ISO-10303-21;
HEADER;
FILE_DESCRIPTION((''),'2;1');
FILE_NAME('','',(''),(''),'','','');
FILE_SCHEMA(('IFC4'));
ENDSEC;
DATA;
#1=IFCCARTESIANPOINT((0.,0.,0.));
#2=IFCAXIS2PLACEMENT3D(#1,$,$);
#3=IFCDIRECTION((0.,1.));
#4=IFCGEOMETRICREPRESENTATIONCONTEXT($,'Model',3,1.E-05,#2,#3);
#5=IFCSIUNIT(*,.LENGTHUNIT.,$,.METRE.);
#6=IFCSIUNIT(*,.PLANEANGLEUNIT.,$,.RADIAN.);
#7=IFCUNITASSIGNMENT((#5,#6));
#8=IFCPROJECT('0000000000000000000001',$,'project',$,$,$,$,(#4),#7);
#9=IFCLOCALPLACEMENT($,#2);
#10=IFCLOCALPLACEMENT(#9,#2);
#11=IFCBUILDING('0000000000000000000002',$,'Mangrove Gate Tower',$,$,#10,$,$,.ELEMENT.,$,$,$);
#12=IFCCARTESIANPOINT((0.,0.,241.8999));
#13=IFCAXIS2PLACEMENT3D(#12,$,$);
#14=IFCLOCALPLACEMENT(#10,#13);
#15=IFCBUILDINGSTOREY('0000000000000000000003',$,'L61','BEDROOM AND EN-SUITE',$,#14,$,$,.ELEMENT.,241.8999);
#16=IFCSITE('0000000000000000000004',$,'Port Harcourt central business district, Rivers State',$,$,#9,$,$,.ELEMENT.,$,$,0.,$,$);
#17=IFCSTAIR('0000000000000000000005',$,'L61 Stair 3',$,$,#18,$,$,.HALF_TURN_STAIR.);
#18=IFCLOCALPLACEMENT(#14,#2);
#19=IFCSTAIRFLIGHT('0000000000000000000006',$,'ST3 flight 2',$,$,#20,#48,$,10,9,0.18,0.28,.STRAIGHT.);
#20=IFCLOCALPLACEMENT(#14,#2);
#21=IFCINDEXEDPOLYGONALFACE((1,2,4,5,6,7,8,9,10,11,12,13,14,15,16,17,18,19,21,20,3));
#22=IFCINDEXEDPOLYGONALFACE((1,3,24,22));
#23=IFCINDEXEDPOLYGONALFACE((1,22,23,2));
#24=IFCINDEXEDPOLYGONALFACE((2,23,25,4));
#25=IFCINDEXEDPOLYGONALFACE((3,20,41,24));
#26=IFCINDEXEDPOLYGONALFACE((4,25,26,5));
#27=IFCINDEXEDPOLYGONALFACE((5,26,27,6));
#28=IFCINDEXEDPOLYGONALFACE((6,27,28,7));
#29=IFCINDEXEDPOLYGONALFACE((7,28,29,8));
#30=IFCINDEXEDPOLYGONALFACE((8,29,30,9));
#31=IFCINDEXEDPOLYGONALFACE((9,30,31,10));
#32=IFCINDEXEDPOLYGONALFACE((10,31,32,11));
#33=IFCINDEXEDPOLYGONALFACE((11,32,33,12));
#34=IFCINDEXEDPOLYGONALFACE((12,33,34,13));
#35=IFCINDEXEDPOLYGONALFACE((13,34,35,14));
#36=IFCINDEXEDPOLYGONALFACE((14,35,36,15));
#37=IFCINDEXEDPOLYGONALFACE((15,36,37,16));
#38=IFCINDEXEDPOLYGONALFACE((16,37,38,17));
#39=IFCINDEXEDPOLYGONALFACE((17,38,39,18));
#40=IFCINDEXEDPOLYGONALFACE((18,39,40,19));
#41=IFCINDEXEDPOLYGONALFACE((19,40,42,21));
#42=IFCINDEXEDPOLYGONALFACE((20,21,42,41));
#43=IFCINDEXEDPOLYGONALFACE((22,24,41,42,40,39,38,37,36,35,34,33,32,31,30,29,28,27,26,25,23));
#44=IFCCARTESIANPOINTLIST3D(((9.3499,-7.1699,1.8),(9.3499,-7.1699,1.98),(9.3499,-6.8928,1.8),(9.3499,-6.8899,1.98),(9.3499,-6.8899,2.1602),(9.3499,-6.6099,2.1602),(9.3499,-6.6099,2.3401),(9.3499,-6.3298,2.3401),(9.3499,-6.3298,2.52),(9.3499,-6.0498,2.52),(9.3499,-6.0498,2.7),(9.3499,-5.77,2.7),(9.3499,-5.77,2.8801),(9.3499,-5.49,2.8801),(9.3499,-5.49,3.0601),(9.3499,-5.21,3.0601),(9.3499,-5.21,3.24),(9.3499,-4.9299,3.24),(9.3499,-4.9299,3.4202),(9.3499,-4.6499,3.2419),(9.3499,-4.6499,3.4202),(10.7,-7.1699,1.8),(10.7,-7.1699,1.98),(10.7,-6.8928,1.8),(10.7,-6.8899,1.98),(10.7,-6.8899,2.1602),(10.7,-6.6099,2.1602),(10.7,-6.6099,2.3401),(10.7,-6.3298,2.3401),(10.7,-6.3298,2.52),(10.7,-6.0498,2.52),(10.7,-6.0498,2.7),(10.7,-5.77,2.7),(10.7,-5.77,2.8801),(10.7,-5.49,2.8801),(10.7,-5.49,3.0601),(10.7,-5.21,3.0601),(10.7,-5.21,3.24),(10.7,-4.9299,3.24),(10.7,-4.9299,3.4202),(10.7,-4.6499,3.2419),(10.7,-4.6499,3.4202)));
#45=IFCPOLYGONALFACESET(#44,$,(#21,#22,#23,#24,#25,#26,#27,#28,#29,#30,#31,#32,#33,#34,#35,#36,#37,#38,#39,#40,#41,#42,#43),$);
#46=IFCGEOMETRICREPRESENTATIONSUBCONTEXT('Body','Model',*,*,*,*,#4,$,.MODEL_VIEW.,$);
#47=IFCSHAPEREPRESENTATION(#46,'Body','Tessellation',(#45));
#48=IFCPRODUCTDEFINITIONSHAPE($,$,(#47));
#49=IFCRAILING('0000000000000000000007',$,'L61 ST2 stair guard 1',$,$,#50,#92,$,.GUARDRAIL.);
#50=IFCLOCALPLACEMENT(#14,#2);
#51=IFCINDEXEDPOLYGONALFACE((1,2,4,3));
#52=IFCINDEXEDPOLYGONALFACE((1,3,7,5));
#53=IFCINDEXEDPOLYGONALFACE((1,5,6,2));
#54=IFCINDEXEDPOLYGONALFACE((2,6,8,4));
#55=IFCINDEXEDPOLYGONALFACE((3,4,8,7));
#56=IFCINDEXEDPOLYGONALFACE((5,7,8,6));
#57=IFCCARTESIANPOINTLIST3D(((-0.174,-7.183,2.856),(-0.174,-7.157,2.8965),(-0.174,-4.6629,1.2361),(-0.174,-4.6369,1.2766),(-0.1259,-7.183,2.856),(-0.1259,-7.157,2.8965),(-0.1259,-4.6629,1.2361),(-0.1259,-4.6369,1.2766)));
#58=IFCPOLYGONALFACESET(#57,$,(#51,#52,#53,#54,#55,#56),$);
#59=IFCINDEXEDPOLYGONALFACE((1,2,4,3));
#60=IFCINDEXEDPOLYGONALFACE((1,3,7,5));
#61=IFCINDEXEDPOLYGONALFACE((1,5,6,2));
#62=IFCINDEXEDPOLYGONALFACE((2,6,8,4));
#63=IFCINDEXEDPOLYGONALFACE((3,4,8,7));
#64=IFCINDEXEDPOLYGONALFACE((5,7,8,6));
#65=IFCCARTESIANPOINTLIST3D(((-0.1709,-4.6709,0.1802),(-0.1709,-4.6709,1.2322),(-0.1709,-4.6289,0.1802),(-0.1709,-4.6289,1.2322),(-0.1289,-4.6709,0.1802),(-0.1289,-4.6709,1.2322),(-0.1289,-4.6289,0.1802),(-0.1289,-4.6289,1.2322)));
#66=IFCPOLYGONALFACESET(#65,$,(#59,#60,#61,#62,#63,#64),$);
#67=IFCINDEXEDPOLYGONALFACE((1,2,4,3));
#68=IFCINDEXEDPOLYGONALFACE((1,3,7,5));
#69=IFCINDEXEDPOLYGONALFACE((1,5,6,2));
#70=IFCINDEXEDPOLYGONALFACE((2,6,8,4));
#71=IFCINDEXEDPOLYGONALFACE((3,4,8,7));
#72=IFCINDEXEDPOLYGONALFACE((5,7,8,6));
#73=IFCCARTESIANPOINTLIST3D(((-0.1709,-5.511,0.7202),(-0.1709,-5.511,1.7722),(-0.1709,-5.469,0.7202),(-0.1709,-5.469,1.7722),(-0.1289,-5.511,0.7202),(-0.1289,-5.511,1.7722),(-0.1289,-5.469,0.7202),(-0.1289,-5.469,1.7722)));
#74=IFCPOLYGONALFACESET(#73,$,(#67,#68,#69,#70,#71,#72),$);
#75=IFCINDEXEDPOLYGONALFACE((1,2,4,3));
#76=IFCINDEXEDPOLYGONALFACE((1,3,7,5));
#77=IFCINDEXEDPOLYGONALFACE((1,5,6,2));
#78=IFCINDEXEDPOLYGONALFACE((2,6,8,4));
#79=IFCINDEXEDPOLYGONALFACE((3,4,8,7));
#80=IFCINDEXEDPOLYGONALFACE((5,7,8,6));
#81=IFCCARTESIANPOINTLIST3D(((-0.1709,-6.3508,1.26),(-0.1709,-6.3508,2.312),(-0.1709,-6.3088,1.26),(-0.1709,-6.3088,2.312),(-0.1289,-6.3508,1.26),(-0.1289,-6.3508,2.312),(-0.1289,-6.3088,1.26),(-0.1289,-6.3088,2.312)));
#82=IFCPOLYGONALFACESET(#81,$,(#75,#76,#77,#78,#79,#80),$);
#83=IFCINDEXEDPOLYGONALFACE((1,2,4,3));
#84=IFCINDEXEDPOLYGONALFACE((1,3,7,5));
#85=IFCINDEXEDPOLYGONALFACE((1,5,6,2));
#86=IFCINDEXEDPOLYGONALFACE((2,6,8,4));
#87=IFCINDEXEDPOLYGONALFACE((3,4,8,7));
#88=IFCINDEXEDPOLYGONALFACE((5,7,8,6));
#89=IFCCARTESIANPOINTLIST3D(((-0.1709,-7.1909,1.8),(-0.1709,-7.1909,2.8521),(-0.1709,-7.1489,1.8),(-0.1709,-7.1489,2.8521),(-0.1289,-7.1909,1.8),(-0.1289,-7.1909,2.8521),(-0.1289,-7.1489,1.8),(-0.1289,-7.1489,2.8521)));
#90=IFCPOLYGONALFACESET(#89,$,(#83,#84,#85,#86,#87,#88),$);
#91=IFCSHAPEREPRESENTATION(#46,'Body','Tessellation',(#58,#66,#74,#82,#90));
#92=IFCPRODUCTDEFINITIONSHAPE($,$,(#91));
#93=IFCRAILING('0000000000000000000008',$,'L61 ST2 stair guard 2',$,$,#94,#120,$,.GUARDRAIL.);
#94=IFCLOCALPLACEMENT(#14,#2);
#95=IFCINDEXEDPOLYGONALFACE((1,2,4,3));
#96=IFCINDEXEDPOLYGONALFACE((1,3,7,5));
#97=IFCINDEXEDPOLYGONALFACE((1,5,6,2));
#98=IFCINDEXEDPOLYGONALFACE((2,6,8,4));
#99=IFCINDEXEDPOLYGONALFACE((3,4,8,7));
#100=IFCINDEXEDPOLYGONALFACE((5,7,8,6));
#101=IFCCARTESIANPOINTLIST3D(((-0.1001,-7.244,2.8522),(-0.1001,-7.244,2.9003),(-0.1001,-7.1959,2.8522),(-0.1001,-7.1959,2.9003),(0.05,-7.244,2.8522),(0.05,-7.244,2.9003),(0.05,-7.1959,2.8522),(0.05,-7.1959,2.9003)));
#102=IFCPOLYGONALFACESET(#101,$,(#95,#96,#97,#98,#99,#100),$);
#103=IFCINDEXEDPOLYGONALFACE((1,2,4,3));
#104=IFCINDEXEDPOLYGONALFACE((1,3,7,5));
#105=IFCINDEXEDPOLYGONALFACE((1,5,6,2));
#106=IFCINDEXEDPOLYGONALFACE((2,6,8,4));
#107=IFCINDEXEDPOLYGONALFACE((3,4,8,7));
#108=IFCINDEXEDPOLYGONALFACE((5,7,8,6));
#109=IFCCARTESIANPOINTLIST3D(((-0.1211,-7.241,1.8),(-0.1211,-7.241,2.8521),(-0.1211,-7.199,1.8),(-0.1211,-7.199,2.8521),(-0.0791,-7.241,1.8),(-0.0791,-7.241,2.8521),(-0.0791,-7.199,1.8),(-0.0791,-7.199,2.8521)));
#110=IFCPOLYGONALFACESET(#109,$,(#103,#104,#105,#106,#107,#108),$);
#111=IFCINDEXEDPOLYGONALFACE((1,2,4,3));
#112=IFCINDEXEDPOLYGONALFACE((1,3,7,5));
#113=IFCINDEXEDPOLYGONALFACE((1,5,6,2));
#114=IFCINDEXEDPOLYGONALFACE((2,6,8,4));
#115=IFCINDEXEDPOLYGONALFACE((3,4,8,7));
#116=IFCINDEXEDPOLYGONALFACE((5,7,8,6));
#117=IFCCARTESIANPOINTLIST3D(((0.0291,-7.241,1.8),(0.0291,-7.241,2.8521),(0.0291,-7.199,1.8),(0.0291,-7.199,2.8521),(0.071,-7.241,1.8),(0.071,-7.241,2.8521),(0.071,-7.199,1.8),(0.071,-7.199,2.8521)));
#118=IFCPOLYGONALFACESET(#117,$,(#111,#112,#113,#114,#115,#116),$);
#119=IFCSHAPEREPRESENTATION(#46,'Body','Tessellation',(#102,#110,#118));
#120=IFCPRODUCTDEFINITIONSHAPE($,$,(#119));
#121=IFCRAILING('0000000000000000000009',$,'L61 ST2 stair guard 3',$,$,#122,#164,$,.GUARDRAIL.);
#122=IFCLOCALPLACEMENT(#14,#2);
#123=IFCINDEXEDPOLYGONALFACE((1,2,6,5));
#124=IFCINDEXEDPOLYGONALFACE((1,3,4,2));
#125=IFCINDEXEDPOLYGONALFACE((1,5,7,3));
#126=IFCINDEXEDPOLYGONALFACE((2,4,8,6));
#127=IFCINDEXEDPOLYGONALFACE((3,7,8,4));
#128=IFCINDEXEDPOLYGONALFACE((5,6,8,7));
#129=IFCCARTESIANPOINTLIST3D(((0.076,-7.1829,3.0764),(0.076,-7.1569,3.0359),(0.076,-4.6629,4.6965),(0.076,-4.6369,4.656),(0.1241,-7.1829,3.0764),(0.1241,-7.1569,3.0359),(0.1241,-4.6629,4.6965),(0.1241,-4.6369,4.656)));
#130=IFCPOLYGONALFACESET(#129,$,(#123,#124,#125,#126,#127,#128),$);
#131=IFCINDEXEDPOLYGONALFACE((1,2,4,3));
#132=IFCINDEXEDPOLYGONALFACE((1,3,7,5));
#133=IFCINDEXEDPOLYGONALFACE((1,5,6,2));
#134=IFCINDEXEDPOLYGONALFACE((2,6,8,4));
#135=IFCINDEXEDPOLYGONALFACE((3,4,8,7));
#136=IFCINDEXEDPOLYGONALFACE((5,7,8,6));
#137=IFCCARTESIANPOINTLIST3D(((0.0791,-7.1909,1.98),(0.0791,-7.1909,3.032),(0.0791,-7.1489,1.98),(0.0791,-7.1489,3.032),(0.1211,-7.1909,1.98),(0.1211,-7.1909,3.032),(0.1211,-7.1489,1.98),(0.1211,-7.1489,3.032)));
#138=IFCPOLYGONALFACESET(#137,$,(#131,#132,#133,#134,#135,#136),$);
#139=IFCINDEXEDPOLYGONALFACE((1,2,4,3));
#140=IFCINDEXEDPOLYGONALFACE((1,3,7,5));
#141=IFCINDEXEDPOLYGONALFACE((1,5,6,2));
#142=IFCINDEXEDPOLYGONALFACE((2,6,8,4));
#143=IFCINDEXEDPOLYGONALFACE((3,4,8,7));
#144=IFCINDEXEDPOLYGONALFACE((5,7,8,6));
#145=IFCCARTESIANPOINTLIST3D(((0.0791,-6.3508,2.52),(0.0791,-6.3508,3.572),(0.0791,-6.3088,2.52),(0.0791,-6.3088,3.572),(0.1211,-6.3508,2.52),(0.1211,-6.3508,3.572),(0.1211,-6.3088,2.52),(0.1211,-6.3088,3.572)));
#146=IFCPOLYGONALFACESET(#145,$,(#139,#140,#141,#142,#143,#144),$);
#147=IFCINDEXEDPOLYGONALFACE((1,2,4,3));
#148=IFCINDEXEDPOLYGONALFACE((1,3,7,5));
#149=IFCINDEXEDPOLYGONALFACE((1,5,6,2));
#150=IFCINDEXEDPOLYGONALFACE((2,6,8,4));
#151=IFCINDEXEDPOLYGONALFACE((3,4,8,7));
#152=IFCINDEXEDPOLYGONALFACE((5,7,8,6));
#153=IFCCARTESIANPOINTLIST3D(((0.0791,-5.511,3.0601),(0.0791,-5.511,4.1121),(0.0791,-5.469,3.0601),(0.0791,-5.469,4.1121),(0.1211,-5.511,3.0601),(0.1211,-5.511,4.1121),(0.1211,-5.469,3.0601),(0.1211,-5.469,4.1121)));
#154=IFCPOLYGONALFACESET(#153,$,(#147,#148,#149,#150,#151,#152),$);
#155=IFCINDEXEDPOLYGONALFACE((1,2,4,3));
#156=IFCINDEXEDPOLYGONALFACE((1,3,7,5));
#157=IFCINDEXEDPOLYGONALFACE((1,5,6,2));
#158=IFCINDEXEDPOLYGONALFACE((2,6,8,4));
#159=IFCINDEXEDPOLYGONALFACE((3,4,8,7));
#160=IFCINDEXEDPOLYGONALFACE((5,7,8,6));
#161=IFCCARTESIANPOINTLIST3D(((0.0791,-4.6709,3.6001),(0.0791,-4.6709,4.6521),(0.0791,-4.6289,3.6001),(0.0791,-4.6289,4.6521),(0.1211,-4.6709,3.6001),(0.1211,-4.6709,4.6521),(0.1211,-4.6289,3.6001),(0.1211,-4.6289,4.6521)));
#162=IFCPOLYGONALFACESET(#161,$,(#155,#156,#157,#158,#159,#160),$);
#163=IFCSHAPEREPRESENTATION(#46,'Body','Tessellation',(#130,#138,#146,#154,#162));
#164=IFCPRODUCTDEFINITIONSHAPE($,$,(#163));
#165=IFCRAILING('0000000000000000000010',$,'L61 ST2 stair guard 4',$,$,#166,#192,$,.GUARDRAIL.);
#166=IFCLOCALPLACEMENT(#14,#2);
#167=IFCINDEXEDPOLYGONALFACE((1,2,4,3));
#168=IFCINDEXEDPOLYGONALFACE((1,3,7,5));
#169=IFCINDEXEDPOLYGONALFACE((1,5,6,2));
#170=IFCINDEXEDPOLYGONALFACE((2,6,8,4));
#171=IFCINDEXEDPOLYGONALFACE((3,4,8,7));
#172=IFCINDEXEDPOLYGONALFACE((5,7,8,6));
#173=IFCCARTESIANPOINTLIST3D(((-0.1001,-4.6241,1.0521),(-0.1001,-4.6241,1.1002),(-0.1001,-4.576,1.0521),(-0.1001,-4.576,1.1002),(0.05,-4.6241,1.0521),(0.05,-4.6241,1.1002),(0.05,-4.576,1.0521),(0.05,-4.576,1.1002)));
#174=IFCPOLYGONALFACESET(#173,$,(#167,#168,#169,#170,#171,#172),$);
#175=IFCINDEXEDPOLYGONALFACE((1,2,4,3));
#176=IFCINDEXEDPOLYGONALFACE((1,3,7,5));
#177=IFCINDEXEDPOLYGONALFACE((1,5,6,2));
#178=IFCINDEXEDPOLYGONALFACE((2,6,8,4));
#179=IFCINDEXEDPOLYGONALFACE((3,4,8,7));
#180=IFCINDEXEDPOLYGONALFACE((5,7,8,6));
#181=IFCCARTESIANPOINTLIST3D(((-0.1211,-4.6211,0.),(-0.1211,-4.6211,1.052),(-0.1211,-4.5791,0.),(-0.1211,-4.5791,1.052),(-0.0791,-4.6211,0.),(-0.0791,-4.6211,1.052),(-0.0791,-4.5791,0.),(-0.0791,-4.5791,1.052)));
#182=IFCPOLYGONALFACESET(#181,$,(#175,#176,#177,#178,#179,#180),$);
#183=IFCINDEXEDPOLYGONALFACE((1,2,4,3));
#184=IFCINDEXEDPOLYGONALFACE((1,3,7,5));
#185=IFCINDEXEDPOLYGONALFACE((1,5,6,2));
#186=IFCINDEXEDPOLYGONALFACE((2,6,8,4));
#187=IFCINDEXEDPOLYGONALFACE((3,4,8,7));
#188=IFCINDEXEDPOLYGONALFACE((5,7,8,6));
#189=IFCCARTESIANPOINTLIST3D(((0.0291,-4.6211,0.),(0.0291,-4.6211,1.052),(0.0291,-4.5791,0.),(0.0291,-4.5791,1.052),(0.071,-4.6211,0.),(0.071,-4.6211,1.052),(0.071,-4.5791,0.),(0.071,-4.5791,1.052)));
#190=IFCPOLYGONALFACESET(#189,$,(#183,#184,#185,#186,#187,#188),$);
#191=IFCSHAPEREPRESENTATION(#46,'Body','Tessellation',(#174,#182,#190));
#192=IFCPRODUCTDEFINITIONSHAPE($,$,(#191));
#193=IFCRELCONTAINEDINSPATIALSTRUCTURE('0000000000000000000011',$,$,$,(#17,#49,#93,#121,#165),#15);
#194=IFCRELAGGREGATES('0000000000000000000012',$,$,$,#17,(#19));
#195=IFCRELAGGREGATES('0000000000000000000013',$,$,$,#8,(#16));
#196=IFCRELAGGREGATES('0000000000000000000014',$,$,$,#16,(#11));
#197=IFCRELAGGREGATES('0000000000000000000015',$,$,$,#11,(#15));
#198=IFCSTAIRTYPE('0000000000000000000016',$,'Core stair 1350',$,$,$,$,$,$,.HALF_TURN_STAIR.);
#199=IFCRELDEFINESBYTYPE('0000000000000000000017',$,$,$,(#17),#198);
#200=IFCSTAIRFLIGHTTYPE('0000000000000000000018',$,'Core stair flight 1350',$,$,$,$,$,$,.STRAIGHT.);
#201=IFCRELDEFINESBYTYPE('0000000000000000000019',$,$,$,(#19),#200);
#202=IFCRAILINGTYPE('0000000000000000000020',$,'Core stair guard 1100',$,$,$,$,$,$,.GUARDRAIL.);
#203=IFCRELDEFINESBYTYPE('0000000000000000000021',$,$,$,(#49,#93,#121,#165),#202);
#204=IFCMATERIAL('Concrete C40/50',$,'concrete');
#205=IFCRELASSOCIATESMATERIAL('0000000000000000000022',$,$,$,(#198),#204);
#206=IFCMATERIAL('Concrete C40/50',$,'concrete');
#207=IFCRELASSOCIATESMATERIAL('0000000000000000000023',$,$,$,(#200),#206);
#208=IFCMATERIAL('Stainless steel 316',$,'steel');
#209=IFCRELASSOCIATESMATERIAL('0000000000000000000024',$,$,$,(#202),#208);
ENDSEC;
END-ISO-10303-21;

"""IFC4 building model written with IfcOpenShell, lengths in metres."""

from ifc_helpers import new_model, si_unit, direction, frame, origin, origin_2d, place, context, subcontext, project, spatial, polyline, rectangle, outline, extrude, material, type_object, element, aggregate, save


model = new_model("IFC4")

# Units and contexts
model_context = context("Model", 3, precision=1e-05, world=origin(), true_north=direction((0.0, 1.0)))
body_context = subcontext(model_context, "Body", "Model", "MODEL_VIEW")
ifc_project = project(units=[si_unit("LENGTHUNIT", "METRE"), si_unit("PLANEANGLEUNIT", "RADIAN")], contexts=[model_context])

# Site, building, storey
site_placement = place(None, origin())
site = spatial("IfcSite", under=ifc_project, at=site_placement, Name="Port Harcourt central business district, Rivers State", CompositionType="ELEMENT", RefElevation=0.0)
building_placement = place(site_placement, origin())
building = spatial("IfcBuilding", under=site, at=building_placement, Name="Mangrove Gate Tower", CompositionType="ELEMENT")
storey_placement = place(building_placement, frame((0.0, 0.0, 241.8999)))
storey = spatial("IfcBuildingStorey", under=building, at=storey_placement, Name="L61", Description="BEDROOM AND EN-SUITE", CompositionType="ELEMENT", Elevation=241.8999)

# Stair, stair flight
ifc_material_1 = material(Name="Concrete C40/50", Category="concrete")
stair_type = type_object("IfcStairType", Name="Core stair 1350", PredefinedType="HALF_TURN_STAIR", material=ifc_material_1)
ifc_material_2 = material(Name="Concrete C40/50", Category="concrete")
stair_flight_type = type_object("IfcStairFlightType", Name="Core stair flight 1350", PredefinedType="STRAIGHT", material=ifc_material_2)
stair_1_placement = place(storey_placement, origin())
stair_1 = element("IfcStair", 1, at=stair_1_placement, inside=storey, type_object=stair_type, Name="L61 Stair 3", PredefinedType="HALF_TURN_STAIR")
stair_flight_1_placement = place(storey_placement, frame((10.0249, -7.1699, 1.8), z_axis=(0.0, 0.0, 1.0), x_axis=(0.0, 1.0, 0.0)))
stair_flight_1 = element("IfcStairFlight", 2, at=stair_flight_1_placement, type_object=stair_flight_type, Name="ST3 flight 2", NumberOfRisers=10, NumberOfTreads=9, PredefinedType="STRAIGHT", RiserHeight=0.18, TreadLength=0.28, context=body_context, shape_type="SweptSolid", body=[
    extrude(outline(polyline([(0.0, 0.0), (0.0, 0.1799), (0.28, 0.1799), (0.28, 0.3601), (0.5601, 0.3601), (0.5601, 0.54), (0.8401, 0.54), (0.8401, 0.72), (1.1201, 0.72), (1.1201, 0.8999), (1.3999, 0.8999), (1.3999, 1.0801), (1.6799, 1.0801), (1.6799, 1.26), (1.96, 1.26), (1.96, 1.4399), (2.24, 1.4399), (2.24, 1.6201), (2.52, 1.6201), (2.52, 1.8), (2.52, 1.4419), (0.2771, 0.0), (0.0, 0.0)])), frame((0.0, 0.675, 0.0), z_axis=(0.0, -1.0, 0.0), x_axis=(1.0, 0.0, 0.0)), (0.0, 0.0, 1.0), 1.3501),
])
aggregate(stair_1, [stair_flight_1])

# Railings
ifc_material_3 = material(Name="Stainless steel 316", Category="steel")
railing_type_1 = type_object("IfcRailingType", Name="Core stair guard 1100", PredefinedType="GUARDRAIL", material=ifc_material_3)
railing_1_placement = place(storey_placement, frame((-0.1499, -4.6499, 0.1802)))
element("IfcRailing", 3, at=railing_1_placement, inside=storey, type_object=railing_type_1, Name="L61 ST2 stair guard 1", PredefinedType="GUARDRAIL", context=body_context, shape_type="SweptSolid", body=[
    extrude(rectangle(XDim=0.0481, YDim=0.0481, at=origin_2d()), frame((0.0, 0.0, 1.0762), z_axis=(0.0, -0.8412, 0.540725), x_axis=(1.0, 0.0, 0.0)), (0.0, 0.0, 1.0), 2.9958),
    extrude(rectangle(XDim=0.042, YDim=0.042, at=origin_2d()), origin(), (0.0, 0.0, 1.0), 1.052),
    extrude(rectangle(XDim=0.042, YDim=0.042, at=origin_2d()), frame((0.0, -0.8401, 0.54)), (0.0, 0.0, 1.0), 1.052),
    extrude(rectangle(XDim=0.042, YDim=0.042, at=origin_2d()), frame((0.0, -1.6799, 1.0798)), (0.0, 0.0, 1.0), 1.052),
    extrude(rectangle(XDim=0.042, YDim=0.042, at=origin_2d()), frame((0.0, -2.52, 1.6199)), (0.0, 0.0, 1.0), 1.052),
])
railing_2_placement = place(storey_placement, frame((-0.1001, -7.22, 1.8)))
element("IfcRailing", 4, at=railing_2_placement, inside=storey, type_object=railing_type_1, Name="L61 ST2 stair guard 2", PredefinedType="GUARDRAIL", context=body_context, shape_type="SweptSolid", body=[
    extrude(rectangle(XDim=0.0481, YDim=0.0481, at=origin_2d()), frame((0.0, 0.0, 1.0762), z_axis=(1.0, 0.0, 0.0), x_axis=(0.0, 1.0, 0.0)), (0.0, 0.0, 1.0), 0.1501),
    extrude(rectangle(XDim=0.042, YDim=0.042, at=origin_2d()), origin(), (0.0, 0.0, 1.0), 1.052),
    extrude(rectangle(XDim=0.042, YDim=0.042, at=origin_2d()), frame((0.1501, 0.0, 0.0)), (0.0, 0.0, 1.0), 1.052),
])
railing_3_placement = place(storey_placement, frame((0.1001, -7.1699, 1.98)))
element("IfcRailing", 5, at=railing_3_placement, inside=storey, type_object=railing_type_1, Name="L61 ST2 stair guard 3", PredefinedType="GUARDRAIL", context=body_context, shape_type="SweptSolid", body=[
    extrude(rectangle(XDim=0.0481, YDim=0.0481, at=origin_2d()), frame((0.0, 0.0, 1.0762), z_axis=(0.0, 0.841163, 0.540782), x_axis=(-1.0, 0.0, 0.0)), (0.0, 0.0, 1.0), 2.9958),
    extrude(rectangle(XDim=0.042, YDim=0.042, at=origin_2d()), origin(), (0.0, 0.0, 1.0), 1.052),
    extrude(rectangle(XDim=0.042, YDim=0.042, at=origin_2d()), frame((0.0, 0.8401, 0.54)), (0.0, 0.0, 1.0), 1.052),
    extrude(rectangle(XDim=0.042, YDim=0.042, at=origin_2d()), frame((0.0, 1.6799, 1.0801)), (0.0, 0.0, 1.0), 1.052),
    extrude(rectangle(XDim=0.042, YDim=0.042, at=origin_2d()), frame((0.0, 2.52, 1.6201)), (0.0, 0.0, 1.0), 1.052),
])
railing_4_placement = place(storey_placement, frame((-0.1001, -4.6001, 0.0)))
element("IfcRailing", 6, at=railing_4_placement, inside=storey, type_object=railing_type_1, Name="L61 ST2 stair guard 4", PredefinedType="GUARDRAIL", context=body_context, shape_type="SweptSolid", body=[
    extrude(rectangle(XDim=0.0481, YDim=0.0481, at=origin_2d()), frame((0.0, 0.0, 1.0762), z_axis=(1.0, 0.0, 0.0), x_axis=(0.0, 1.0, 0.0)), (0.0, 0.0, 1.0), 0.1501),
    extrude(rectangle(XDim=0.042, YDim=0.042, at=origin_2d()), origin(), (0.0, 0.0, 1.0), 1.052),
    extrude(rectangle(XDim=0.042, YDim=0.042, at=origin_2d()), frame((0.1501, 0.0, 0.0)), (0.0, 0.0, 1.0), 1.052),
])

save(model, "model.ifc")
